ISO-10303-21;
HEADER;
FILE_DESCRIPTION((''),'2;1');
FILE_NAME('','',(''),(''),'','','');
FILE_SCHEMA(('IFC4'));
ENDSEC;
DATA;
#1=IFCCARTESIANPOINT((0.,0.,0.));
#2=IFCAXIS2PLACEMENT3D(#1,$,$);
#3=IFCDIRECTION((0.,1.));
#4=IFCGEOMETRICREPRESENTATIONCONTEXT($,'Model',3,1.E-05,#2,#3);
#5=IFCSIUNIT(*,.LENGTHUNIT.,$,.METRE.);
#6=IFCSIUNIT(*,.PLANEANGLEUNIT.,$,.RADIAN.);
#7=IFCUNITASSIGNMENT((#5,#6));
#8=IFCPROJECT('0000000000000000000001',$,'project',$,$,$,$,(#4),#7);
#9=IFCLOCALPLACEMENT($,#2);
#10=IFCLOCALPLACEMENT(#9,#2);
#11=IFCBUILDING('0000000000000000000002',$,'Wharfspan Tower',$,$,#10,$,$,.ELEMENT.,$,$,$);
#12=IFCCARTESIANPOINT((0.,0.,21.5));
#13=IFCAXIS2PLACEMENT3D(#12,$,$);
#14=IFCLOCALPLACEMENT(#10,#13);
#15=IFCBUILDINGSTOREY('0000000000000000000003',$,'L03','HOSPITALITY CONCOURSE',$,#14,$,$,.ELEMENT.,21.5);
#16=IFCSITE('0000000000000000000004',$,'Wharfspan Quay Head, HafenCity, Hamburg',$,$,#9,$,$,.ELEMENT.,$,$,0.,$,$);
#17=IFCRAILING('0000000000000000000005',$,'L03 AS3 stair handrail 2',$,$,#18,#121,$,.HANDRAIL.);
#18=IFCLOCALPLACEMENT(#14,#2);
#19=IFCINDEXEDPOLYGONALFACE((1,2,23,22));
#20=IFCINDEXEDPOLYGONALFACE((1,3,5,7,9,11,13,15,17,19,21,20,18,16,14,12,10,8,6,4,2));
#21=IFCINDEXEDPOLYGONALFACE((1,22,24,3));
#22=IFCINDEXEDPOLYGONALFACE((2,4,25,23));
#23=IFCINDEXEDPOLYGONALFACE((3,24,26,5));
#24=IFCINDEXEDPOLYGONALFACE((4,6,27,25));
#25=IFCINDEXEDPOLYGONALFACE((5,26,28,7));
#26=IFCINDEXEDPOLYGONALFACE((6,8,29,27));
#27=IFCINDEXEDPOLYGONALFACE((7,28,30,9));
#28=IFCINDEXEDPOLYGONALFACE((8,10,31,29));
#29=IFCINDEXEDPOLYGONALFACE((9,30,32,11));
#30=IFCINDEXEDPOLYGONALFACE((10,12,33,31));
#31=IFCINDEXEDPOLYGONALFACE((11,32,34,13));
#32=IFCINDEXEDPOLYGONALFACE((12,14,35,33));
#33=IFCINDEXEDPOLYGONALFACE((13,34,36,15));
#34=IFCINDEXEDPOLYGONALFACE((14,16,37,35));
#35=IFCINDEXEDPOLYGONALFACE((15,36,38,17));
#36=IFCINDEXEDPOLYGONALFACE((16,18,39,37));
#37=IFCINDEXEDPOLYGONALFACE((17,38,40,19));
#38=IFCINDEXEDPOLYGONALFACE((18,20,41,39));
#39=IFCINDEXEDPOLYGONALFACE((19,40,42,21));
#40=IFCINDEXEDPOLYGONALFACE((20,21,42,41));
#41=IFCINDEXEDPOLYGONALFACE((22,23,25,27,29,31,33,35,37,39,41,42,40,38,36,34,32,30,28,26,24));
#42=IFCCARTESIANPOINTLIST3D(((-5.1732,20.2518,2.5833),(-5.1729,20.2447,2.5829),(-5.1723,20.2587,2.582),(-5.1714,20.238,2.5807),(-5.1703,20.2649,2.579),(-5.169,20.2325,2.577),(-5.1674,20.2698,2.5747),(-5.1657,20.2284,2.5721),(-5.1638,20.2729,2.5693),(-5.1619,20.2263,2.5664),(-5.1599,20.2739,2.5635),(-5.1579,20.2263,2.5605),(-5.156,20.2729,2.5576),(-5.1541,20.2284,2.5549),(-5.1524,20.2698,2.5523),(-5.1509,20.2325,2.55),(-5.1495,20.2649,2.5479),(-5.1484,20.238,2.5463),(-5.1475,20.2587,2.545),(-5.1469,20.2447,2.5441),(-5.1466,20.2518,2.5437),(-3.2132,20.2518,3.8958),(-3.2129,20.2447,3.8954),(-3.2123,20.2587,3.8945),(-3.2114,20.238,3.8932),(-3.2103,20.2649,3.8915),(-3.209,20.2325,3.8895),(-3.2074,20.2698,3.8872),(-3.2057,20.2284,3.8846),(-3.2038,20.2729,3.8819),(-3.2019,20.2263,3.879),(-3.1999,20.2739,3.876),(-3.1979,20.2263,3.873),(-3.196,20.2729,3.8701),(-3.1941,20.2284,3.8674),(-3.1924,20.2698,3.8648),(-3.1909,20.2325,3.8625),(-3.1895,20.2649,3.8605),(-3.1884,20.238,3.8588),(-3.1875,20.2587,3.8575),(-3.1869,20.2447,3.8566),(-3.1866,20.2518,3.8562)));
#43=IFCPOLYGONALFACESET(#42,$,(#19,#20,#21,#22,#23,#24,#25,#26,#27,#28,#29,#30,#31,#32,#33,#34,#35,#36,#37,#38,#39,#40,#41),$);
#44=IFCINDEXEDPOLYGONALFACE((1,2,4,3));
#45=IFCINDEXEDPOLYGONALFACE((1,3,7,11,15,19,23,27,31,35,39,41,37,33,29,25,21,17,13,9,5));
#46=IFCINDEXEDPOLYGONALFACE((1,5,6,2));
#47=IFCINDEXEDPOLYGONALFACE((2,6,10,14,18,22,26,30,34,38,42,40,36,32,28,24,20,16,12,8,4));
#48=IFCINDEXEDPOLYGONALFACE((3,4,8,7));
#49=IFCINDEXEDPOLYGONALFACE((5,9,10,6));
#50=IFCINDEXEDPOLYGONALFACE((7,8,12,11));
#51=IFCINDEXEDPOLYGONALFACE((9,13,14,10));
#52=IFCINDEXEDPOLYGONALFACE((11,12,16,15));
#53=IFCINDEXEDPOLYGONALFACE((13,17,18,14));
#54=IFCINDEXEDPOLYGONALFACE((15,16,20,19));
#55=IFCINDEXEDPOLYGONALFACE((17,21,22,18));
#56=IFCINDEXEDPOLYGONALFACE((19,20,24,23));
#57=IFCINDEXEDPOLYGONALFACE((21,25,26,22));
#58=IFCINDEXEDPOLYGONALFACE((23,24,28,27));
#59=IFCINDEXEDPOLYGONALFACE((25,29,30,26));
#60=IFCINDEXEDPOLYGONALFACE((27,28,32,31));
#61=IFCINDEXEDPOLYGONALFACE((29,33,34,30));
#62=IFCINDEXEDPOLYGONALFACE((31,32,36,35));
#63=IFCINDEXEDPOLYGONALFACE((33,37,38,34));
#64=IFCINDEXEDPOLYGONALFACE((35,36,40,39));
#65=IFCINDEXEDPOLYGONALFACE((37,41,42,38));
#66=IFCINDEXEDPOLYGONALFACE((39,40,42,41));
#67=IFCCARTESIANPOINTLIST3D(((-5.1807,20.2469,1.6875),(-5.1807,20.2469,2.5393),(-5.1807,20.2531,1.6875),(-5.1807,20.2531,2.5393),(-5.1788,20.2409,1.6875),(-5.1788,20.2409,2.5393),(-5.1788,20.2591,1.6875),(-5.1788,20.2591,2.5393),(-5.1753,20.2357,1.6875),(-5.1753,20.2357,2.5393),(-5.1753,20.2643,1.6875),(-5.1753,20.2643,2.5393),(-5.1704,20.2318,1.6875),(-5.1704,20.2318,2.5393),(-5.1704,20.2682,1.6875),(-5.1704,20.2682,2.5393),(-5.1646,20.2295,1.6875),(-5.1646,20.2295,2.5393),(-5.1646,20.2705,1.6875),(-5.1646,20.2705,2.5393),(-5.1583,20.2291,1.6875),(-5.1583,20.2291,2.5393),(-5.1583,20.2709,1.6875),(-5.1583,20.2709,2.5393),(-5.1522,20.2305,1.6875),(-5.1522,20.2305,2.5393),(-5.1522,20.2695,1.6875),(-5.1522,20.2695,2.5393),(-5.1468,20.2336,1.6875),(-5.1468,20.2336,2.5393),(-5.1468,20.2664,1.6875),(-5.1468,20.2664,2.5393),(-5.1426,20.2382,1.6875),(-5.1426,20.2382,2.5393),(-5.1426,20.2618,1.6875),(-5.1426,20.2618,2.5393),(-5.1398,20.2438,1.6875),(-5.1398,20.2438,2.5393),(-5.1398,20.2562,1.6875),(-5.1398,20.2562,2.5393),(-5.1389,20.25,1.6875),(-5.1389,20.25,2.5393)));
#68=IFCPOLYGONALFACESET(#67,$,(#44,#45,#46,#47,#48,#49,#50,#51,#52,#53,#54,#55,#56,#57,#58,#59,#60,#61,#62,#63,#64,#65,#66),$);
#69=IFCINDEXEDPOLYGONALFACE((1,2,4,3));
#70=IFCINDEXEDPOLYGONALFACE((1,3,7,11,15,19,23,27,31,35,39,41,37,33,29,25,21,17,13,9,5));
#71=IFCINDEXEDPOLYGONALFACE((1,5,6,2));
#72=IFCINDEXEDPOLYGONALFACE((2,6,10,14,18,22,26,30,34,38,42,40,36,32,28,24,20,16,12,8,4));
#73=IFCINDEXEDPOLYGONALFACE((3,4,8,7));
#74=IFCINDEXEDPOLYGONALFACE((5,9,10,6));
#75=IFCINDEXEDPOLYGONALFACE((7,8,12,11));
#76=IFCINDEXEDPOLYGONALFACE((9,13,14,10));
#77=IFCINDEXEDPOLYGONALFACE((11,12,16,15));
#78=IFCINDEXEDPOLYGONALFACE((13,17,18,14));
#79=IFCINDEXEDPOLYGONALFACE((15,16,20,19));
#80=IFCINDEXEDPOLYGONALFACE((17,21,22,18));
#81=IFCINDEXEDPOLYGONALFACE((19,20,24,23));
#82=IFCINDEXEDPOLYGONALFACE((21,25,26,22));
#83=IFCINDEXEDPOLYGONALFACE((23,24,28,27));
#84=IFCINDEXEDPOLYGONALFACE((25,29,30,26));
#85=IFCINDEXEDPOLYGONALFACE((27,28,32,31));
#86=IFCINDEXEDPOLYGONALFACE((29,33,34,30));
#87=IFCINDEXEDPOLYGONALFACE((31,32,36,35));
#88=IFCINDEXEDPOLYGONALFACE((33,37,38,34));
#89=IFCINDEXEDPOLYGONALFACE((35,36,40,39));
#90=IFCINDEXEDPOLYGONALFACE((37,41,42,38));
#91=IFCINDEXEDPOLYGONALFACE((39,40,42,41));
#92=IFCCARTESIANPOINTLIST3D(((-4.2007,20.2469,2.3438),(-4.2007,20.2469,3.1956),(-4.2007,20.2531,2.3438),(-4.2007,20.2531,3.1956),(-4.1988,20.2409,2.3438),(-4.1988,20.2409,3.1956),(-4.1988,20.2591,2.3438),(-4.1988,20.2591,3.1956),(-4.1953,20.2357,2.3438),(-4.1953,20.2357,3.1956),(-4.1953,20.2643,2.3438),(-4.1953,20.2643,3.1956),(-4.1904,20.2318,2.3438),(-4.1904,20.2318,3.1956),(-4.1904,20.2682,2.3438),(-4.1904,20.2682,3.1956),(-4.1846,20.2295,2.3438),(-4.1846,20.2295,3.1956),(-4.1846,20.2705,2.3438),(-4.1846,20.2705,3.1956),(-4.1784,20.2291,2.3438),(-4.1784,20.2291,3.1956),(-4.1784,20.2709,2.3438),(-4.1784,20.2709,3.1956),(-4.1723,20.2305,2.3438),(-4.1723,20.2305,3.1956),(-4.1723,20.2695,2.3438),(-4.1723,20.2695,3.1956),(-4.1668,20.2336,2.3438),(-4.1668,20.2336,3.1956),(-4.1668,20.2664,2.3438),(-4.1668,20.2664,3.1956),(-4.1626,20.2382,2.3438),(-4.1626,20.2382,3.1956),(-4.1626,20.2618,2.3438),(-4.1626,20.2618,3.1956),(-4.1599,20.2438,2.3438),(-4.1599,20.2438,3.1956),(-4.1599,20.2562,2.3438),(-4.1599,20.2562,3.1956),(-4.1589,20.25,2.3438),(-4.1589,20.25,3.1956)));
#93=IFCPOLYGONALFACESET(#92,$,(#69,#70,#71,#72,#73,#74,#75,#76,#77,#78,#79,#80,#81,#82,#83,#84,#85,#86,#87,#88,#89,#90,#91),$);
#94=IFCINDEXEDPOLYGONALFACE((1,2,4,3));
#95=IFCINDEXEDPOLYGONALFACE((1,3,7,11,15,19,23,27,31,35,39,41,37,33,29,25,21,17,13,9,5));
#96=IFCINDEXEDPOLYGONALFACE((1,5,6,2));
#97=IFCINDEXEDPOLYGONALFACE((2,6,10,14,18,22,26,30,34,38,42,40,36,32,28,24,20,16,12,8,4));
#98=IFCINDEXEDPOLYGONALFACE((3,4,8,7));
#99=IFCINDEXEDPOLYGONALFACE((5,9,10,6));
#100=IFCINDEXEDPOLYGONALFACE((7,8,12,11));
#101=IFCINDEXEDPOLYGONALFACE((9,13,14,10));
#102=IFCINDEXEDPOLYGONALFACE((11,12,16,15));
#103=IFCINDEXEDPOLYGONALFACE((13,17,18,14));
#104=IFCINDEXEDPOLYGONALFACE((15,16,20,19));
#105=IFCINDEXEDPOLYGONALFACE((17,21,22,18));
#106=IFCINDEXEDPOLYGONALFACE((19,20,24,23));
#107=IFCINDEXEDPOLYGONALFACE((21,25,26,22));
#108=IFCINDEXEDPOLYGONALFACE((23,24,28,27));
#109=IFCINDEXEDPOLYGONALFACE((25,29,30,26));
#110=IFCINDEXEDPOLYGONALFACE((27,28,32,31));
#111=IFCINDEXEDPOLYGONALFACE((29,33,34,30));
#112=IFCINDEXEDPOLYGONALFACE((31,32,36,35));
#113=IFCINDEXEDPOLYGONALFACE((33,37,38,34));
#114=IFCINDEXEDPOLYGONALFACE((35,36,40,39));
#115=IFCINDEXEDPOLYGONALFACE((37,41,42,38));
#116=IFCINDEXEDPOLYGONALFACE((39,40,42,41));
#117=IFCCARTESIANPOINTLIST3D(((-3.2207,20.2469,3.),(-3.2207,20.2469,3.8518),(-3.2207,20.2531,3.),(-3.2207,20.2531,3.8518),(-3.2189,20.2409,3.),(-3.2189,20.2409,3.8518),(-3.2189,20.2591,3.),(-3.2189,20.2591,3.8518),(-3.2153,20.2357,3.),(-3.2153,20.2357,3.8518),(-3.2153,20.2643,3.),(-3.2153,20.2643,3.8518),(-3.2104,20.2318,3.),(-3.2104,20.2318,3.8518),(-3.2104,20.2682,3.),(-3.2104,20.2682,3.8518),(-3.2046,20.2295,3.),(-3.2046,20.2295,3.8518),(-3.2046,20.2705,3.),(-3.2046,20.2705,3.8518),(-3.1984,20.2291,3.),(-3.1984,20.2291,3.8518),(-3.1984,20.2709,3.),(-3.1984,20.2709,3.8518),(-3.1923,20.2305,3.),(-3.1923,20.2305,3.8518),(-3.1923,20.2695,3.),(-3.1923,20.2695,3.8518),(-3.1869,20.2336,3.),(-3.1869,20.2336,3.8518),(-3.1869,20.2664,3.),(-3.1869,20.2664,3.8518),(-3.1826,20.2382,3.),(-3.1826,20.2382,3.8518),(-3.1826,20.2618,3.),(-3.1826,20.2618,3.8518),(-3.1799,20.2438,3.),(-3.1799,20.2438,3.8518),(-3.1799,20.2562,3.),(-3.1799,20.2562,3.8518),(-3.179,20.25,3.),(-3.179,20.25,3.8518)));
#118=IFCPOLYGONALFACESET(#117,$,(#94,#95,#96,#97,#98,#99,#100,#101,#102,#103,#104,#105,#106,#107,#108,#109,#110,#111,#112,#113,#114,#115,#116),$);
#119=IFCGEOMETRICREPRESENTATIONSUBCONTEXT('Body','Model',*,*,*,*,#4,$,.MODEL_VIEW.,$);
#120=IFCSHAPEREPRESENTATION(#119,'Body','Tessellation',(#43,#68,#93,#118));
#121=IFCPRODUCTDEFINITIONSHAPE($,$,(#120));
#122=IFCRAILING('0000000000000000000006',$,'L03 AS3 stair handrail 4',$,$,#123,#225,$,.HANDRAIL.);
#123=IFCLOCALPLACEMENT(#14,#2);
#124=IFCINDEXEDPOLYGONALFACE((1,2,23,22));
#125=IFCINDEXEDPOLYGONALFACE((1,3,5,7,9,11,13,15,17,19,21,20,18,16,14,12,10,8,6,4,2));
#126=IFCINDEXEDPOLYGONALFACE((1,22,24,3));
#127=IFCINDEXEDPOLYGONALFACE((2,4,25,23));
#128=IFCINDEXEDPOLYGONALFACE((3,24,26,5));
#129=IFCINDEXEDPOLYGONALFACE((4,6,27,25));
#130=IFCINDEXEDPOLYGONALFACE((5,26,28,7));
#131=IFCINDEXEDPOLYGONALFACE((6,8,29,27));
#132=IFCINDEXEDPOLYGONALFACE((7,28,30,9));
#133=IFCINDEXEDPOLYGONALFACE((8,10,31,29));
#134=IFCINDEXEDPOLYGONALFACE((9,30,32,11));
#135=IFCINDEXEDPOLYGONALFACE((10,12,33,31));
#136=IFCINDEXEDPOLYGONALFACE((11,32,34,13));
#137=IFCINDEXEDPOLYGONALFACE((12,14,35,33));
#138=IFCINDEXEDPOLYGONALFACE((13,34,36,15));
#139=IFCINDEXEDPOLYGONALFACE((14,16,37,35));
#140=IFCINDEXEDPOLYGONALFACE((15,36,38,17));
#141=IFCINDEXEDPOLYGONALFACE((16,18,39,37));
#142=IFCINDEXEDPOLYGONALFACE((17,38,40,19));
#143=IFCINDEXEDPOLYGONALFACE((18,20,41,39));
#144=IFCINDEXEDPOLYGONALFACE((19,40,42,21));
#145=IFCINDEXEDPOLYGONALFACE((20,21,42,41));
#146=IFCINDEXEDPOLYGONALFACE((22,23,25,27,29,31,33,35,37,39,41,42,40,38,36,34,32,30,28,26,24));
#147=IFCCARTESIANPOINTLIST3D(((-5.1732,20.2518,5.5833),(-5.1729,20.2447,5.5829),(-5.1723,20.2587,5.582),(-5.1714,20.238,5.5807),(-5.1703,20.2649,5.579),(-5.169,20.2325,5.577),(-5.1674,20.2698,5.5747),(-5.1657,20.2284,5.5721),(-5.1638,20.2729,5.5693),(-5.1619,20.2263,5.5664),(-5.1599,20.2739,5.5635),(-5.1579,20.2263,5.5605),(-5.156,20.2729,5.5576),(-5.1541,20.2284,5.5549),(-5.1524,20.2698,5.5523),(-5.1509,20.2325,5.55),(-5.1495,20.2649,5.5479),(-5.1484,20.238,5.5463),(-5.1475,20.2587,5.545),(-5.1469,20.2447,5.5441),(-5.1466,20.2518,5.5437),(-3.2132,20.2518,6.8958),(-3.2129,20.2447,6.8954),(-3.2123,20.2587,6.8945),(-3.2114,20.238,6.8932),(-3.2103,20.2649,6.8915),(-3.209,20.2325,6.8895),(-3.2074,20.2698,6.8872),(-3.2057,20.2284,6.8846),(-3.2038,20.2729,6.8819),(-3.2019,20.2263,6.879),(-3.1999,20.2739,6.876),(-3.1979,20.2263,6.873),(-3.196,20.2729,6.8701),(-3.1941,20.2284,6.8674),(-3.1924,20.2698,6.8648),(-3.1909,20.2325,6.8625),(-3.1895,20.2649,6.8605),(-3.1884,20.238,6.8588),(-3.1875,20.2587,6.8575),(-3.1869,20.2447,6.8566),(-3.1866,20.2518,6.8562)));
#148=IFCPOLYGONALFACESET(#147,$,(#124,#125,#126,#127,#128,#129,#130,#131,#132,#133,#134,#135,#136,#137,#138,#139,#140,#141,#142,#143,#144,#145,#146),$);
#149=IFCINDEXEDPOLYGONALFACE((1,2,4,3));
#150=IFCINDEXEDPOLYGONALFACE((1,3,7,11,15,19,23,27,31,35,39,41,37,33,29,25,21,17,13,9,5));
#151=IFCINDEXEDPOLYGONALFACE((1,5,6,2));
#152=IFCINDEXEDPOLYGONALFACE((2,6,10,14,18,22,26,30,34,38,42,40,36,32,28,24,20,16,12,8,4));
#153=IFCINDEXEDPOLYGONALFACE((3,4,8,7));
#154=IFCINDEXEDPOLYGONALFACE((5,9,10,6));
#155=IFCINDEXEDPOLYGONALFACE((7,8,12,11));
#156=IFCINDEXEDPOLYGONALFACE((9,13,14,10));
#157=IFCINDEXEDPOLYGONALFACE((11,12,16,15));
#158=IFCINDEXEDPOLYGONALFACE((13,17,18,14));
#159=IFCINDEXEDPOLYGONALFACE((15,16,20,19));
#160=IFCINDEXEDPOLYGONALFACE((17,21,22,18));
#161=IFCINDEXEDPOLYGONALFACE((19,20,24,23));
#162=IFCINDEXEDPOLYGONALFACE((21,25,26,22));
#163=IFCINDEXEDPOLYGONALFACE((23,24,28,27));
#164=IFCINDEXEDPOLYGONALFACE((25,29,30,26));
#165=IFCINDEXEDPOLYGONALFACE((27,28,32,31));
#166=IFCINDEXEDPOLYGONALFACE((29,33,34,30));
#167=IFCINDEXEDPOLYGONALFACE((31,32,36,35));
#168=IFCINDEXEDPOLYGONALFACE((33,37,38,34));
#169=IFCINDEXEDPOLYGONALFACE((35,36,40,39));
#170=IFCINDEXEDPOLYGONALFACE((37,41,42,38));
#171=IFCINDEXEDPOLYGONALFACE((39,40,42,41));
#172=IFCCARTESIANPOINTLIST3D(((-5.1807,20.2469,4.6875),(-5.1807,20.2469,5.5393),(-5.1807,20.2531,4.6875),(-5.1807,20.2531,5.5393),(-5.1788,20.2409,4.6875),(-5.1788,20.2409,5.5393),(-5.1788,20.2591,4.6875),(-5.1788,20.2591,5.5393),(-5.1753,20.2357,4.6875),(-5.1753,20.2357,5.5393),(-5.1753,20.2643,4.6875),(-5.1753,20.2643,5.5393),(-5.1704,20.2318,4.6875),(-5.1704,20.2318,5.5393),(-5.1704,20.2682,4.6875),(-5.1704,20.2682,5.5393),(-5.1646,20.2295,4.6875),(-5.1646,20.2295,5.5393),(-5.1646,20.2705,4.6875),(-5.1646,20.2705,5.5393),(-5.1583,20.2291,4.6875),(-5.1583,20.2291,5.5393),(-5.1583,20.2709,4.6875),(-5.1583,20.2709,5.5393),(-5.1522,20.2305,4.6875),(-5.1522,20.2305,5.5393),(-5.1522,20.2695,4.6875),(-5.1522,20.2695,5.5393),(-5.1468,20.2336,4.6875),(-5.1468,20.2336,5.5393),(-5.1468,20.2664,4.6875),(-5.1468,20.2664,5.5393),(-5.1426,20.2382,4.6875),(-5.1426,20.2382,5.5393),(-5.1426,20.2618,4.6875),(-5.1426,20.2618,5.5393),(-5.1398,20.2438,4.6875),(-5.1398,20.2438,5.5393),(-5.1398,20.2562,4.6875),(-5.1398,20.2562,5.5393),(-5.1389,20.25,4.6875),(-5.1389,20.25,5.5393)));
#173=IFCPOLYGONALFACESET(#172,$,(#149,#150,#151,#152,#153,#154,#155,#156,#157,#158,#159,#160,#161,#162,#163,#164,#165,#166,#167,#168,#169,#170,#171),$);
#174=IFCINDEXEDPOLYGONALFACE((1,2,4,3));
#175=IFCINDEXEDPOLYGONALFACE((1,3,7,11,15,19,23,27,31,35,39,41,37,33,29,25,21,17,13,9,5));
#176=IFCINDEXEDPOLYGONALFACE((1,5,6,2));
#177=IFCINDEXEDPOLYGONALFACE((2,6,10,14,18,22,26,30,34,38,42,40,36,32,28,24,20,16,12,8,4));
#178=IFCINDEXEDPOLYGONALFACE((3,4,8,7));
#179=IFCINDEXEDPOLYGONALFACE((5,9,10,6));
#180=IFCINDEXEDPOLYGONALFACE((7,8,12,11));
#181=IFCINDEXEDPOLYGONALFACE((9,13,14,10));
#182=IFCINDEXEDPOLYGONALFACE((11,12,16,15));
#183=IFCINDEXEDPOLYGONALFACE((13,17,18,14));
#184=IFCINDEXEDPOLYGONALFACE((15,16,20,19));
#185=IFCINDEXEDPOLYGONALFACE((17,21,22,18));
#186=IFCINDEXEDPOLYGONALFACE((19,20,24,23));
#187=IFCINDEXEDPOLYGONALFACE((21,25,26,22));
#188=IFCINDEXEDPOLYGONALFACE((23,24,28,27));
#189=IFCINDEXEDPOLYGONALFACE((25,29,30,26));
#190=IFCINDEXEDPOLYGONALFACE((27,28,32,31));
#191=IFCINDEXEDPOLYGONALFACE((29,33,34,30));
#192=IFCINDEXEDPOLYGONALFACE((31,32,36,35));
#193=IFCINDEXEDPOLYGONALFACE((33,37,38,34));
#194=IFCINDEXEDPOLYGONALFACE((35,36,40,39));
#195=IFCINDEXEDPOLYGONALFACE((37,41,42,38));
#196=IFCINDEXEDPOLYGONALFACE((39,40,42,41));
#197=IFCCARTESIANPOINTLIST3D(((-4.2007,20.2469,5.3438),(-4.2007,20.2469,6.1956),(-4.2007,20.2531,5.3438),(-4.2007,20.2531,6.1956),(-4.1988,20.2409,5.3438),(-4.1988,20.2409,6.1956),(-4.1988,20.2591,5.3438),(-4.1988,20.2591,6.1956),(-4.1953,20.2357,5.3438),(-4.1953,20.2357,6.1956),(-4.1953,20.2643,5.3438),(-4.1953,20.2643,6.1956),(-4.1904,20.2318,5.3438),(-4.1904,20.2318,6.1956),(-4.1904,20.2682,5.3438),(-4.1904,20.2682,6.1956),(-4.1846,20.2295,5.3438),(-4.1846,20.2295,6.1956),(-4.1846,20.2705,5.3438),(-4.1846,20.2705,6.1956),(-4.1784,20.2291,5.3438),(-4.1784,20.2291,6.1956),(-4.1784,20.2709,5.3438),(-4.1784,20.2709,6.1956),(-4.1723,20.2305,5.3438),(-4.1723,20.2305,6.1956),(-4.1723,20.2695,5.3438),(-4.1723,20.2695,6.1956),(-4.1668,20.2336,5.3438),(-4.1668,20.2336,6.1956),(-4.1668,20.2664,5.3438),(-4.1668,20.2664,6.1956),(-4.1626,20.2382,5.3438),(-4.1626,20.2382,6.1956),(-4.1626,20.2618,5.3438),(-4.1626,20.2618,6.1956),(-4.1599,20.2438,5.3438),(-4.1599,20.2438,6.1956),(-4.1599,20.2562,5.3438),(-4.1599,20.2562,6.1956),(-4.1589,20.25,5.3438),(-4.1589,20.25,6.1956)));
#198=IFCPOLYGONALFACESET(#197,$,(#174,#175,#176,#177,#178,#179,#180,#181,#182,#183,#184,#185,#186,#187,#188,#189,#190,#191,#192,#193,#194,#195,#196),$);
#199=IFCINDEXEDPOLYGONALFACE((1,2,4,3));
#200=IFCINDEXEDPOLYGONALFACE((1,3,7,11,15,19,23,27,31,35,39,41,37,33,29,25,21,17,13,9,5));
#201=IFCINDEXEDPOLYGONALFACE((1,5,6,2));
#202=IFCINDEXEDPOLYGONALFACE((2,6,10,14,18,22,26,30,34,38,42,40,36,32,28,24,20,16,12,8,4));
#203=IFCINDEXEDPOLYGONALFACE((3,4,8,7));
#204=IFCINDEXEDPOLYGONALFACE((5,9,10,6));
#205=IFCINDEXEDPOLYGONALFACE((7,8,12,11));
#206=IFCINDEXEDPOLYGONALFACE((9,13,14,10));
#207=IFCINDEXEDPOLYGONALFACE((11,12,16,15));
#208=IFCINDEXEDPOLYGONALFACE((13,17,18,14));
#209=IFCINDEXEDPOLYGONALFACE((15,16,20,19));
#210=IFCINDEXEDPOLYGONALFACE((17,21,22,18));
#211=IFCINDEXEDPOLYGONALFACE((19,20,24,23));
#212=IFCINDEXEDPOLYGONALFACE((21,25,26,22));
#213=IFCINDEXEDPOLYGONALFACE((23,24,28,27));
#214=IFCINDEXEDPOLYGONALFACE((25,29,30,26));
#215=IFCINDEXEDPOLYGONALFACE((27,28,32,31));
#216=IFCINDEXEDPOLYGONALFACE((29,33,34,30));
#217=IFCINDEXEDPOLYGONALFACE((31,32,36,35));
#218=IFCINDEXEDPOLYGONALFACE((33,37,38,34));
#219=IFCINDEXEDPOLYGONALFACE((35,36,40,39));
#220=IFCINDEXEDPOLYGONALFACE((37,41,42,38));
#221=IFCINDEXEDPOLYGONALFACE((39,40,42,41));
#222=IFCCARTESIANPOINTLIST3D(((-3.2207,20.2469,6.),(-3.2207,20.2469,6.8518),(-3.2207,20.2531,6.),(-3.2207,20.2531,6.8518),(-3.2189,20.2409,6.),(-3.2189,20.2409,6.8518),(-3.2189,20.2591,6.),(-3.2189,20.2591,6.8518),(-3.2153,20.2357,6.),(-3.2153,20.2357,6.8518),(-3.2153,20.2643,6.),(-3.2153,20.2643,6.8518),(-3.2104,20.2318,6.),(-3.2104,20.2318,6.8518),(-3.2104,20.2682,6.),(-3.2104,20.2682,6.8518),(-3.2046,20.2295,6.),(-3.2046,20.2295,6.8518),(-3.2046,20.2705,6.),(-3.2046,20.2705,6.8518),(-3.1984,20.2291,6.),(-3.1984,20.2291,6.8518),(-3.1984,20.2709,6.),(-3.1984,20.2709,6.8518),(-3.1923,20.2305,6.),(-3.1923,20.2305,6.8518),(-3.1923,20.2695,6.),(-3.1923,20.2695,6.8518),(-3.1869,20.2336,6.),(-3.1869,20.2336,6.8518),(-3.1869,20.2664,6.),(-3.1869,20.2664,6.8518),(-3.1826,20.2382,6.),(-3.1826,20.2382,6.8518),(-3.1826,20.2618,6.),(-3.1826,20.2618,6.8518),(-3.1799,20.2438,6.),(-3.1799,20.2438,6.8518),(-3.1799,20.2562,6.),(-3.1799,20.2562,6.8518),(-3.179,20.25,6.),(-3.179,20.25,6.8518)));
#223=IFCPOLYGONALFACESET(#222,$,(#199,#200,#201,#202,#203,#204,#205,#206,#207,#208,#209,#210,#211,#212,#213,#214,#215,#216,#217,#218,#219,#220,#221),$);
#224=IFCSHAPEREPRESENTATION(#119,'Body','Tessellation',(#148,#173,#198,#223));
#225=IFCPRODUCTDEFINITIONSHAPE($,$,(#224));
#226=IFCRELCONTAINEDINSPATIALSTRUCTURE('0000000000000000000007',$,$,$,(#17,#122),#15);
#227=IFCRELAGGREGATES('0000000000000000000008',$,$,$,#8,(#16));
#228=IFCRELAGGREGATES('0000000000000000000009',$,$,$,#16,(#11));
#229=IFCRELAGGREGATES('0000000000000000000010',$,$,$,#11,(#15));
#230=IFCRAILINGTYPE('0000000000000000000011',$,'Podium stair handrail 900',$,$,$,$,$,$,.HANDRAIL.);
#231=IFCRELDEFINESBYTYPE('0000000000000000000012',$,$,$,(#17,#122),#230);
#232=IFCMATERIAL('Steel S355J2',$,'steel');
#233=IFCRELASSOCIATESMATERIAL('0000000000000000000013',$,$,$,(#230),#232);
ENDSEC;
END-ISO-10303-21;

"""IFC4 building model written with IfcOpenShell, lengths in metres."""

from ifc_helpers import new_model, si_unit, direction, frame, origin, origin_2d, place, context, subcontext, project, spatial, circle, extrude, material, type_object, element, save


model = new_model("IFC4")

# Units and contexts
model_context = context("Model", 3, precision=1e-05, world=origin(), true_north=direction((0.0, 1.0)))
body_context = subcontext(model_context, "Body", "Model", "MODEL_VIEW")
ifc_project = project(units=[si_unit("LENGTHUNIT", "METRE"), si_unit("PLANEANGLEUNIT", "RADIAN")], contexts=[model_context])

# Site, building, storey
site_placement = place(None, origin())
site = spatial("IfcSite", under=ifc_project, at=site_placement, Name="Wharfspan Quay Head, HafenCity, Hamburg", CompositionType="ELEMENT", RefElevation=0.0)
building_placement = place(site_placement, origin())
building = spatial("IfcBuilding", under=site, at=building_placement, Name="Wharfspan Tower", CompositionType="ELEMENT")
storey_placement = place(building_placement, frame((0.0, 0.0, 21.5)))
storey = spatial("IfcBuildingStorey", under=building, at=storey_placement, Name="L03", Description="HOSPITALITY CONCOURSE", CompositionType="ELEMENT", Elevation=21.5)

# Railings
ifc_material_1 = material(Name="Steel S355J2", Category="steel")
railing_type_1 = type_object("IfcRailingType", Name="Podium stair handrail 900", PredefinedType="HANDRAIL", material=ifc_material_1)
for number, where, name in (
    (1, (-5.1599, 20.25, 1.6875), "L03 AS3 stair handrail 2"),
    (2, (-5.1599, 20.25, 4.6875), "L03 AS3 stair handrail 4"),
):
    element("IfcRailing", number, at=place(storey_placement, frame(where)), inside=storey, type_object=railing_type_1, Name=name, PredefinedType="HANDRAIL", context=body_context, shape_type="SweptSolid", body=[
        extrude(circle(Radius=0.0239, at=origin_2d()), frame((0.0, 0.0, 0.876), z_axis=(0.830902, 0.0, 0.556419), x_axis=(0.0, 1.0, 0.0)), (0.0, 0.0, 1.0), 2.3589),
        extrude(circle(Radius=0.021, at=origin_2d()), origin(), (0.0, 0.0, 1.0), 0.8518),
        extrude(circle(Radius=0.021, at=origin_2d()), frame((0.98, 0.0, 0.6562)), (0.0, 0.0, 1.0), 0.8518),
        extrude(circle(Radius=0.021, at=origin_2d()), frame((1.96, 0.0, 1.3125)), (0.0, 0.0, 1.0), 0.8518),
    ])

save(model, "model.ifc")
